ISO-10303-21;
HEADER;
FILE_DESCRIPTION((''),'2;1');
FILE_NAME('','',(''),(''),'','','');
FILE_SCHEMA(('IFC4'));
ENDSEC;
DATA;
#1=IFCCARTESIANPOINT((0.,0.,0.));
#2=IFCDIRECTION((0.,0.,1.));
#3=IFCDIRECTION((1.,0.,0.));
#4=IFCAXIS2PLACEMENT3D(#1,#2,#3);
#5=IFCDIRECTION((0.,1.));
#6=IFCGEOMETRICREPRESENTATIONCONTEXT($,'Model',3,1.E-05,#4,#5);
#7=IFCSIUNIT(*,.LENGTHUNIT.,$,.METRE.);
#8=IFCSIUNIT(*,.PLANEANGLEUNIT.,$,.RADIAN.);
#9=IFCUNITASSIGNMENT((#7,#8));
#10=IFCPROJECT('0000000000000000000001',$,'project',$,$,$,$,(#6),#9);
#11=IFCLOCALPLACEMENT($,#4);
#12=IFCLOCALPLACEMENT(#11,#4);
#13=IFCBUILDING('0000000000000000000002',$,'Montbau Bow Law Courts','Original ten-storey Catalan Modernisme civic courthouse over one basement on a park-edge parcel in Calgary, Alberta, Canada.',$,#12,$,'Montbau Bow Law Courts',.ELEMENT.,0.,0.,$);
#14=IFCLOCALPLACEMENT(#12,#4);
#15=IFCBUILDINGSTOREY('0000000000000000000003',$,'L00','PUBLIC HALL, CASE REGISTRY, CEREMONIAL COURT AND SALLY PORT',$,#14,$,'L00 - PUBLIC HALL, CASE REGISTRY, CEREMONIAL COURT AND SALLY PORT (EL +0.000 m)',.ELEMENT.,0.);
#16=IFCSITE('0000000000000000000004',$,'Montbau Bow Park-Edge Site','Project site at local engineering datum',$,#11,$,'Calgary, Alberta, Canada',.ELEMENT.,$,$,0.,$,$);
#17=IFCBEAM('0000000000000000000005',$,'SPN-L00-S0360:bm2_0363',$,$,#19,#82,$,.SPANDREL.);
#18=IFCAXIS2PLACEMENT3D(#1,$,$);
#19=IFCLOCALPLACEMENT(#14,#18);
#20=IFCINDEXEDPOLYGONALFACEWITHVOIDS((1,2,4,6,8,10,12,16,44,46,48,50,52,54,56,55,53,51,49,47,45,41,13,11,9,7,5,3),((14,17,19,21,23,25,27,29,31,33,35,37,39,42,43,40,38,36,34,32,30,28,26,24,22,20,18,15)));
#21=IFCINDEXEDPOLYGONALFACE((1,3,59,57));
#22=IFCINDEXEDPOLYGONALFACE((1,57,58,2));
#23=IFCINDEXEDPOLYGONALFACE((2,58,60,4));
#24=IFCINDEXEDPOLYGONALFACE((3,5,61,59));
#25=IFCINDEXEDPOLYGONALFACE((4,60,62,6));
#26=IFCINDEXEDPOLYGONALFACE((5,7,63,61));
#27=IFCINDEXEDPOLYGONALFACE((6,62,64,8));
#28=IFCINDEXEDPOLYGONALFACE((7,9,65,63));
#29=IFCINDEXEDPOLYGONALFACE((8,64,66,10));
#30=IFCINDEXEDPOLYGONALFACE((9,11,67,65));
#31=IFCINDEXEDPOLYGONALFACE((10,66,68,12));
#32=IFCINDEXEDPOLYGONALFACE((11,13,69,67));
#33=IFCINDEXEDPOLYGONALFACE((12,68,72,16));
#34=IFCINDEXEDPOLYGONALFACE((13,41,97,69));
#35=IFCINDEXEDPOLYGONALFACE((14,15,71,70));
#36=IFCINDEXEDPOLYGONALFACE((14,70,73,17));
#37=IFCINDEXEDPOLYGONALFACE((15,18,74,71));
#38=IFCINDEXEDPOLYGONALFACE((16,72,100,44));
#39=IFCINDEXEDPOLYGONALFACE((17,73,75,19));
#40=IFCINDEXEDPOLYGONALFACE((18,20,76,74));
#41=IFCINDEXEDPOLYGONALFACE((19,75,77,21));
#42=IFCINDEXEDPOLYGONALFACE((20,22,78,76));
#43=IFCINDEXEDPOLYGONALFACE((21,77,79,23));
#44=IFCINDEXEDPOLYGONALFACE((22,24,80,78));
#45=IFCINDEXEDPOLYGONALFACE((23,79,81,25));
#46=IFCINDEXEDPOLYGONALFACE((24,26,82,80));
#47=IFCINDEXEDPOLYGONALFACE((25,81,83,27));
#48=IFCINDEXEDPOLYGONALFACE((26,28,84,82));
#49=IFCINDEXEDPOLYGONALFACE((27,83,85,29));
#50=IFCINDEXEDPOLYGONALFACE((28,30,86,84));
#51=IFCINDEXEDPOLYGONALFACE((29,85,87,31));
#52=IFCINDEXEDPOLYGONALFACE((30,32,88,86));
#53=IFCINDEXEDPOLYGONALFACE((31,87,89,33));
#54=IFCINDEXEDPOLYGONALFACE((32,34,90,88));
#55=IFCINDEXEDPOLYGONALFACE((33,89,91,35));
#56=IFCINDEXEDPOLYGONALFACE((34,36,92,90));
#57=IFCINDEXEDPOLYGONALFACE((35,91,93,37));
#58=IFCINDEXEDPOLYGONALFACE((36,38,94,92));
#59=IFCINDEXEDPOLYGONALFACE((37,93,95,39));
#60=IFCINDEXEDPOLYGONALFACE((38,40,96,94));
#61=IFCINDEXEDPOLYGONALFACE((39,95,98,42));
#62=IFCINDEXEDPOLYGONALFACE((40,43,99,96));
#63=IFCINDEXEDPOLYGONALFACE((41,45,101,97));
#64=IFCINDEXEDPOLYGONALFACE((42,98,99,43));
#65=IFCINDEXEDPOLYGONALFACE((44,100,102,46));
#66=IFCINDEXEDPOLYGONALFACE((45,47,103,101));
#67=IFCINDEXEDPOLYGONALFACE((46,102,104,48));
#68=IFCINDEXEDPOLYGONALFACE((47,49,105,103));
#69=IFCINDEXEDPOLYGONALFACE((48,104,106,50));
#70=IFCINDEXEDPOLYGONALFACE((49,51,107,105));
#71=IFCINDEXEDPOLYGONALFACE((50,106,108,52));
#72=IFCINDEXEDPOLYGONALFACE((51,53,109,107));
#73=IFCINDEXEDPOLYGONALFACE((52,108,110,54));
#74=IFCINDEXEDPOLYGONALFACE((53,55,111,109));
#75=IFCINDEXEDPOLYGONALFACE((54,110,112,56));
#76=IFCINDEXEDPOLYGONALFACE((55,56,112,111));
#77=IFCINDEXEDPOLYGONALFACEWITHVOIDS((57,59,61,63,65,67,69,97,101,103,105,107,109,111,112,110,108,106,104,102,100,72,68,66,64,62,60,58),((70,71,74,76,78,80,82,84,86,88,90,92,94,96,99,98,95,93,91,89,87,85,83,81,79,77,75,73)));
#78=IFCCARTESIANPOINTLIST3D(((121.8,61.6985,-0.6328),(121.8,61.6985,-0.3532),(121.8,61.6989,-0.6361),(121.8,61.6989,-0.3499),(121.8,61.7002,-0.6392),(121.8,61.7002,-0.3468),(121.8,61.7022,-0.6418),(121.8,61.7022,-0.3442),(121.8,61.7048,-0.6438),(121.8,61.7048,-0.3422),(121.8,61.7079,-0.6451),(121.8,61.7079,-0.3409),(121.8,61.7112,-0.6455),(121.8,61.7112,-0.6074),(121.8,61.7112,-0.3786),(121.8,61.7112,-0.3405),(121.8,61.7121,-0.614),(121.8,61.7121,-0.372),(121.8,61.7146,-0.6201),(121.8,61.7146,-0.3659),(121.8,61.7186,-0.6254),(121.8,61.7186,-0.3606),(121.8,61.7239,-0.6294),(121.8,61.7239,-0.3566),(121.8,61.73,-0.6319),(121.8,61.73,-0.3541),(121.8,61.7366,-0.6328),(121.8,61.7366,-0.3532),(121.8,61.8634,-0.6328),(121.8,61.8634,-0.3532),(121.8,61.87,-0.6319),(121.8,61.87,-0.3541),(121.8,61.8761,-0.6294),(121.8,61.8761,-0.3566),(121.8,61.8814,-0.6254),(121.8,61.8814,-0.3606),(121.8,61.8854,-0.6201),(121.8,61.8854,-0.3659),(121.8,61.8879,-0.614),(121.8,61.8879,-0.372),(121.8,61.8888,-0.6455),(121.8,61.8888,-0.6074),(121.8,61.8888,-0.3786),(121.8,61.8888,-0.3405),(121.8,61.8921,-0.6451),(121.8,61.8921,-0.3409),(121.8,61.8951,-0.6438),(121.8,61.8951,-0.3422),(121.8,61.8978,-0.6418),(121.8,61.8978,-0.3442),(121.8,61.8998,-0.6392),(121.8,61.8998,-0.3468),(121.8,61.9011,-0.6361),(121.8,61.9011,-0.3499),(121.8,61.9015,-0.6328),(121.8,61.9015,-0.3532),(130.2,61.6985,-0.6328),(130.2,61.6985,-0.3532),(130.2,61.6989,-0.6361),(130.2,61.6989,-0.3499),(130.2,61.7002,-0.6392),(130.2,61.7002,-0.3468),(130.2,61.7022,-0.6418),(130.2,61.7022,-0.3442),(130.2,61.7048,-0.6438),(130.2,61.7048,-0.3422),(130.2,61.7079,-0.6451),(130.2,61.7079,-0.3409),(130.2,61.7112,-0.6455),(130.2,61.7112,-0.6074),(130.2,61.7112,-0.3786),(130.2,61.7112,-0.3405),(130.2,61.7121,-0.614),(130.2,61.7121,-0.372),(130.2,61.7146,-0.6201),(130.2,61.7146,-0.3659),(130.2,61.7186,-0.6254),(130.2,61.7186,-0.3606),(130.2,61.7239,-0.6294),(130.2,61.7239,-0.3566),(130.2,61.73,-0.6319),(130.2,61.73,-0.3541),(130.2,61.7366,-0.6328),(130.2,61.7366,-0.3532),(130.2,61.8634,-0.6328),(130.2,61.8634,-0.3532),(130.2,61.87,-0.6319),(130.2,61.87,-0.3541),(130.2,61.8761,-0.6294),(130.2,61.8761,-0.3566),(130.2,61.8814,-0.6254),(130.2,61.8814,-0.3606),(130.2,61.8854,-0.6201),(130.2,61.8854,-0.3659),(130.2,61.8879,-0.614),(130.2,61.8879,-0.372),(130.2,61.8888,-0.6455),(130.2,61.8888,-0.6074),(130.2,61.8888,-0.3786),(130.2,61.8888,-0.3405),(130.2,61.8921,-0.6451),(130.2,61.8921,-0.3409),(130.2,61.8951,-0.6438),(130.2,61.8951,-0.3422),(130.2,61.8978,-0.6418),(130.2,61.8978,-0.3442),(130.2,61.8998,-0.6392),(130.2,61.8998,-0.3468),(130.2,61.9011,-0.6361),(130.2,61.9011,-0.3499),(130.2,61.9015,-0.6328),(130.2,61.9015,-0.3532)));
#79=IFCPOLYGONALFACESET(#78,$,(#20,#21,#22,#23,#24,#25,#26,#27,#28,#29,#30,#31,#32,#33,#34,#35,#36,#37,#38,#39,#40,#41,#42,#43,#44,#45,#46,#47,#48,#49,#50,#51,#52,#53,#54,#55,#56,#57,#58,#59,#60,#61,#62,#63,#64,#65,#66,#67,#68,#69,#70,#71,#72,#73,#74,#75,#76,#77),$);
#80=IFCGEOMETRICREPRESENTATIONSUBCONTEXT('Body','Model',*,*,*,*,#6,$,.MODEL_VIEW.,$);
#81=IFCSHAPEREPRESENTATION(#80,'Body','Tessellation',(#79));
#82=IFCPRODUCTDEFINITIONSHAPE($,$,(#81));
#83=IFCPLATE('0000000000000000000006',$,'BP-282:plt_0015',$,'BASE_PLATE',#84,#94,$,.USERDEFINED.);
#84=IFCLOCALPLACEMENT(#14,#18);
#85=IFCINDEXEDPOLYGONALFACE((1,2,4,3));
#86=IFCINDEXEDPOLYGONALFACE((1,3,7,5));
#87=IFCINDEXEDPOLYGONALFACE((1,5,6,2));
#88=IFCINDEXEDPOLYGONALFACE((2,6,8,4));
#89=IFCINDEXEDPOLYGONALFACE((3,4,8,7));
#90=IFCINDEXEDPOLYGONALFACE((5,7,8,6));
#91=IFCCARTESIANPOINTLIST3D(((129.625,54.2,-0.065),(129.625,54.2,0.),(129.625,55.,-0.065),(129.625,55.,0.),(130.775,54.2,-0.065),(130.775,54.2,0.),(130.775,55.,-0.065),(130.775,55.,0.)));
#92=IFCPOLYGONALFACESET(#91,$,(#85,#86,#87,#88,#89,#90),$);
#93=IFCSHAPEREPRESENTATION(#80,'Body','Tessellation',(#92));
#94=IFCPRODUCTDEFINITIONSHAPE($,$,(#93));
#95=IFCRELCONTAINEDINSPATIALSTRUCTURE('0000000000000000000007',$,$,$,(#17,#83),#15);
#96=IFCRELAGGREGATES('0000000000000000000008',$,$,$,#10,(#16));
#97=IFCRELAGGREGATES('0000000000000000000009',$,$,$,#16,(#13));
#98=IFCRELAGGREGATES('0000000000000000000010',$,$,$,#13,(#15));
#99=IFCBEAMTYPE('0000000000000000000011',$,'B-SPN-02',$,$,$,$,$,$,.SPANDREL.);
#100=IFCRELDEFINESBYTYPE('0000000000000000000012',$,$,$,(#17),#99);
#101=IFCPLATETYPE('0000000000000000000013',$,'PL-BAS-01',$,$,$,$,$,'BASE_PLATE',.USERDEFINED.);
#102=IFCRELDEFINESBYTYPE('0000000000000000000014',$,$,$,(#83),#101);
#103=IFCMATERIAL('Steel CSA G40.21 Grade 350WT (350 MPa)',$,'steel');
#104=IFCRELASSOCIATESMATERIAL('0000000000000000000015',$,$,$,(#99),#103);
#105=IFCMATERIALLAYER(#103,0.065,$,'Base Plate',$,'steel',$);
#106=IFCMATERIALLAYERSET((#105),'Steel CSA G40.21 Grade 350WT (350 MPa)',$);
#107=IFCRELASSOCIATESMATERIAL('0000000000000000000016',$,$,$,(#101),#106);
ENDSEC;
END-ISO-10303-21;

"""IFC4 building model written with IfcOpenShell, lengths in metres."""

from ifc_helpers import new_model, si_unit, direction, frame, origin_with_axes, origin_2d_with_axis, place, context, subcontext, project, spatial, rectangle, hollow_rectangle, extrude, material, layer, layer_set, material_profile, profile_set, type_object, element, save


model = new_model("IFC4")

# Units and contexts
model_context = context("Model", 3, precision=1e-05, world=origin_with_axes(), true_north=direction((0.0, 1.0)))
body_context = subcontext(model_context, "Body", "Model", "MODEL_VIEW")
ifc_project = project(units=[si_unit("LENGTHUNIT", "METRE"), si_unit("PLANEANGLEUNIT", "RADIAN")], contexts=[model_context])

# Site, building, storey
site_placement = place(None, origin_with_axes())
site = spatial("IfcSite", under=ifc_project, at=site_placement, Name="Montbau Bow Park-Edge Site", Description="Project site at local engineering datum", LongName="Calgary, Alberta, Canada", CompositionType="ELEMENT", RefElevation=0.0)
building_placement = place(site_placement, origin_with_axes())
building = spatial("IfcBuilding", under=site, at=building_placement, Name="Montbau Bow Law Courts", Description="Original ten-storey Catalan Modernisme civic courthouse over one basement on a park-edge parcel in Calgary, Alberta, Canada.", LongName="Montbau Bow Law Courts", CompositionType="ELEMENT", ElevationOfRefHeight=0.0, ElevationOfTerrain=0.0)
storey_placement = place(building_placement, origin_with_axes())
storey = spatial("IfcBuildingStorey", under=building, at=storey_placement, Name="L00", Description="PUBLIC HALL, CASE REGISTRY, CEREMONIAL COURT AND SALLY PORT", LongName="L00 - PUBLIC HALL, CASE REGISTRY, CEREMONIAL COURT AND SALLY PORT (EL +0.000 m)", CompositionType="ELEMENT", Elevation=0.0)

# Beam
ifc_material_1 = material(Name="Steel CSA G40.21 Grade 350WT (350 MPa)", Category="steel")
ifc_material_profile_1 = material_profile(ifc_material_1, hollow_rectangle(XDim=0.203, YDim=0.305, WallThickness=0.0127, InnerFilletRadius=0.0254, OuterFilletRadius=0.0127, at=origin_2d_with_axis()), Name="HSS305X203X13", Category="Main", Priority=0)
ifc_profile_set_1 = profile_set([ifc_material_profile_1], Name="Steel CSA G40.21 Grade 350WT (350 MPa)")
beam_type_1 = type_object("IfcBeamType", Name="B-SPN-02", PredefinedType="SPANDREL", material=ifc_profile_set_1)
beam_1_placement = place(None, frame((121.8, 61.8, -0.493), z_axis=(1.0, 0.0, 0.0), x_axis=(0.0, 1.0, 0.0)))
element("IfcBeam", 1, at=beam_1_placement, inside=storey, type_object=beam_type_1, Name="SPN-L00-S0360:bm2_0363", PredefinedType="SPANDREL", context=body_context, shape_type="SweptSolid", body=[
    extrude(hollow_rectangle(XDim=0.203, YDim=0.305, WallThickness=0.0127, InnerFilletRadius=0.0254, OuterFilletRadius=0.0127, at=origin_2d_with_axis()), origin_with_axes(), (0.0, 0.0, 1.0), 8.4),
])

# Plate
ifc_layer_1 = layer(ifc_material_1, 0.065, Name="Base Plate", Category="steel")
ifc_layer_set_1 = layer_set([ifc_layer_1], Name="Steel CSA G40.21 Grade 350WT (350 MPa)")
plate_type = type_object("IfcPlateType", Name="PL-BAS-01", ElementType="BASE_PLATE", PredefinedType="USERDEFINED", material=ifc_layer_set_1)
plate_placement = place(None, frame((130.2, 54.6, -0.065), z_axis=(0.0, 0.0, 1.0), x_axis=(1.0, 0.0, 0.0)))
element("IfcPlate", 2, at=plate_placement, inside=storey, type_object=plate_type, Name="BP-282:plt_0015", ObjectType="BASE_PLATE", PredefinedType="USERDEFINED", context=body_context, shape_type="SweptSolid", body=[
    extrude(rectangle(XDim=1.15, YDim=0.8, at=origin_2d_with_axis()), origin_with_axes(), (0.0, 0.0, 1.0), 0.065),
])

save(model, "model.ifc")
